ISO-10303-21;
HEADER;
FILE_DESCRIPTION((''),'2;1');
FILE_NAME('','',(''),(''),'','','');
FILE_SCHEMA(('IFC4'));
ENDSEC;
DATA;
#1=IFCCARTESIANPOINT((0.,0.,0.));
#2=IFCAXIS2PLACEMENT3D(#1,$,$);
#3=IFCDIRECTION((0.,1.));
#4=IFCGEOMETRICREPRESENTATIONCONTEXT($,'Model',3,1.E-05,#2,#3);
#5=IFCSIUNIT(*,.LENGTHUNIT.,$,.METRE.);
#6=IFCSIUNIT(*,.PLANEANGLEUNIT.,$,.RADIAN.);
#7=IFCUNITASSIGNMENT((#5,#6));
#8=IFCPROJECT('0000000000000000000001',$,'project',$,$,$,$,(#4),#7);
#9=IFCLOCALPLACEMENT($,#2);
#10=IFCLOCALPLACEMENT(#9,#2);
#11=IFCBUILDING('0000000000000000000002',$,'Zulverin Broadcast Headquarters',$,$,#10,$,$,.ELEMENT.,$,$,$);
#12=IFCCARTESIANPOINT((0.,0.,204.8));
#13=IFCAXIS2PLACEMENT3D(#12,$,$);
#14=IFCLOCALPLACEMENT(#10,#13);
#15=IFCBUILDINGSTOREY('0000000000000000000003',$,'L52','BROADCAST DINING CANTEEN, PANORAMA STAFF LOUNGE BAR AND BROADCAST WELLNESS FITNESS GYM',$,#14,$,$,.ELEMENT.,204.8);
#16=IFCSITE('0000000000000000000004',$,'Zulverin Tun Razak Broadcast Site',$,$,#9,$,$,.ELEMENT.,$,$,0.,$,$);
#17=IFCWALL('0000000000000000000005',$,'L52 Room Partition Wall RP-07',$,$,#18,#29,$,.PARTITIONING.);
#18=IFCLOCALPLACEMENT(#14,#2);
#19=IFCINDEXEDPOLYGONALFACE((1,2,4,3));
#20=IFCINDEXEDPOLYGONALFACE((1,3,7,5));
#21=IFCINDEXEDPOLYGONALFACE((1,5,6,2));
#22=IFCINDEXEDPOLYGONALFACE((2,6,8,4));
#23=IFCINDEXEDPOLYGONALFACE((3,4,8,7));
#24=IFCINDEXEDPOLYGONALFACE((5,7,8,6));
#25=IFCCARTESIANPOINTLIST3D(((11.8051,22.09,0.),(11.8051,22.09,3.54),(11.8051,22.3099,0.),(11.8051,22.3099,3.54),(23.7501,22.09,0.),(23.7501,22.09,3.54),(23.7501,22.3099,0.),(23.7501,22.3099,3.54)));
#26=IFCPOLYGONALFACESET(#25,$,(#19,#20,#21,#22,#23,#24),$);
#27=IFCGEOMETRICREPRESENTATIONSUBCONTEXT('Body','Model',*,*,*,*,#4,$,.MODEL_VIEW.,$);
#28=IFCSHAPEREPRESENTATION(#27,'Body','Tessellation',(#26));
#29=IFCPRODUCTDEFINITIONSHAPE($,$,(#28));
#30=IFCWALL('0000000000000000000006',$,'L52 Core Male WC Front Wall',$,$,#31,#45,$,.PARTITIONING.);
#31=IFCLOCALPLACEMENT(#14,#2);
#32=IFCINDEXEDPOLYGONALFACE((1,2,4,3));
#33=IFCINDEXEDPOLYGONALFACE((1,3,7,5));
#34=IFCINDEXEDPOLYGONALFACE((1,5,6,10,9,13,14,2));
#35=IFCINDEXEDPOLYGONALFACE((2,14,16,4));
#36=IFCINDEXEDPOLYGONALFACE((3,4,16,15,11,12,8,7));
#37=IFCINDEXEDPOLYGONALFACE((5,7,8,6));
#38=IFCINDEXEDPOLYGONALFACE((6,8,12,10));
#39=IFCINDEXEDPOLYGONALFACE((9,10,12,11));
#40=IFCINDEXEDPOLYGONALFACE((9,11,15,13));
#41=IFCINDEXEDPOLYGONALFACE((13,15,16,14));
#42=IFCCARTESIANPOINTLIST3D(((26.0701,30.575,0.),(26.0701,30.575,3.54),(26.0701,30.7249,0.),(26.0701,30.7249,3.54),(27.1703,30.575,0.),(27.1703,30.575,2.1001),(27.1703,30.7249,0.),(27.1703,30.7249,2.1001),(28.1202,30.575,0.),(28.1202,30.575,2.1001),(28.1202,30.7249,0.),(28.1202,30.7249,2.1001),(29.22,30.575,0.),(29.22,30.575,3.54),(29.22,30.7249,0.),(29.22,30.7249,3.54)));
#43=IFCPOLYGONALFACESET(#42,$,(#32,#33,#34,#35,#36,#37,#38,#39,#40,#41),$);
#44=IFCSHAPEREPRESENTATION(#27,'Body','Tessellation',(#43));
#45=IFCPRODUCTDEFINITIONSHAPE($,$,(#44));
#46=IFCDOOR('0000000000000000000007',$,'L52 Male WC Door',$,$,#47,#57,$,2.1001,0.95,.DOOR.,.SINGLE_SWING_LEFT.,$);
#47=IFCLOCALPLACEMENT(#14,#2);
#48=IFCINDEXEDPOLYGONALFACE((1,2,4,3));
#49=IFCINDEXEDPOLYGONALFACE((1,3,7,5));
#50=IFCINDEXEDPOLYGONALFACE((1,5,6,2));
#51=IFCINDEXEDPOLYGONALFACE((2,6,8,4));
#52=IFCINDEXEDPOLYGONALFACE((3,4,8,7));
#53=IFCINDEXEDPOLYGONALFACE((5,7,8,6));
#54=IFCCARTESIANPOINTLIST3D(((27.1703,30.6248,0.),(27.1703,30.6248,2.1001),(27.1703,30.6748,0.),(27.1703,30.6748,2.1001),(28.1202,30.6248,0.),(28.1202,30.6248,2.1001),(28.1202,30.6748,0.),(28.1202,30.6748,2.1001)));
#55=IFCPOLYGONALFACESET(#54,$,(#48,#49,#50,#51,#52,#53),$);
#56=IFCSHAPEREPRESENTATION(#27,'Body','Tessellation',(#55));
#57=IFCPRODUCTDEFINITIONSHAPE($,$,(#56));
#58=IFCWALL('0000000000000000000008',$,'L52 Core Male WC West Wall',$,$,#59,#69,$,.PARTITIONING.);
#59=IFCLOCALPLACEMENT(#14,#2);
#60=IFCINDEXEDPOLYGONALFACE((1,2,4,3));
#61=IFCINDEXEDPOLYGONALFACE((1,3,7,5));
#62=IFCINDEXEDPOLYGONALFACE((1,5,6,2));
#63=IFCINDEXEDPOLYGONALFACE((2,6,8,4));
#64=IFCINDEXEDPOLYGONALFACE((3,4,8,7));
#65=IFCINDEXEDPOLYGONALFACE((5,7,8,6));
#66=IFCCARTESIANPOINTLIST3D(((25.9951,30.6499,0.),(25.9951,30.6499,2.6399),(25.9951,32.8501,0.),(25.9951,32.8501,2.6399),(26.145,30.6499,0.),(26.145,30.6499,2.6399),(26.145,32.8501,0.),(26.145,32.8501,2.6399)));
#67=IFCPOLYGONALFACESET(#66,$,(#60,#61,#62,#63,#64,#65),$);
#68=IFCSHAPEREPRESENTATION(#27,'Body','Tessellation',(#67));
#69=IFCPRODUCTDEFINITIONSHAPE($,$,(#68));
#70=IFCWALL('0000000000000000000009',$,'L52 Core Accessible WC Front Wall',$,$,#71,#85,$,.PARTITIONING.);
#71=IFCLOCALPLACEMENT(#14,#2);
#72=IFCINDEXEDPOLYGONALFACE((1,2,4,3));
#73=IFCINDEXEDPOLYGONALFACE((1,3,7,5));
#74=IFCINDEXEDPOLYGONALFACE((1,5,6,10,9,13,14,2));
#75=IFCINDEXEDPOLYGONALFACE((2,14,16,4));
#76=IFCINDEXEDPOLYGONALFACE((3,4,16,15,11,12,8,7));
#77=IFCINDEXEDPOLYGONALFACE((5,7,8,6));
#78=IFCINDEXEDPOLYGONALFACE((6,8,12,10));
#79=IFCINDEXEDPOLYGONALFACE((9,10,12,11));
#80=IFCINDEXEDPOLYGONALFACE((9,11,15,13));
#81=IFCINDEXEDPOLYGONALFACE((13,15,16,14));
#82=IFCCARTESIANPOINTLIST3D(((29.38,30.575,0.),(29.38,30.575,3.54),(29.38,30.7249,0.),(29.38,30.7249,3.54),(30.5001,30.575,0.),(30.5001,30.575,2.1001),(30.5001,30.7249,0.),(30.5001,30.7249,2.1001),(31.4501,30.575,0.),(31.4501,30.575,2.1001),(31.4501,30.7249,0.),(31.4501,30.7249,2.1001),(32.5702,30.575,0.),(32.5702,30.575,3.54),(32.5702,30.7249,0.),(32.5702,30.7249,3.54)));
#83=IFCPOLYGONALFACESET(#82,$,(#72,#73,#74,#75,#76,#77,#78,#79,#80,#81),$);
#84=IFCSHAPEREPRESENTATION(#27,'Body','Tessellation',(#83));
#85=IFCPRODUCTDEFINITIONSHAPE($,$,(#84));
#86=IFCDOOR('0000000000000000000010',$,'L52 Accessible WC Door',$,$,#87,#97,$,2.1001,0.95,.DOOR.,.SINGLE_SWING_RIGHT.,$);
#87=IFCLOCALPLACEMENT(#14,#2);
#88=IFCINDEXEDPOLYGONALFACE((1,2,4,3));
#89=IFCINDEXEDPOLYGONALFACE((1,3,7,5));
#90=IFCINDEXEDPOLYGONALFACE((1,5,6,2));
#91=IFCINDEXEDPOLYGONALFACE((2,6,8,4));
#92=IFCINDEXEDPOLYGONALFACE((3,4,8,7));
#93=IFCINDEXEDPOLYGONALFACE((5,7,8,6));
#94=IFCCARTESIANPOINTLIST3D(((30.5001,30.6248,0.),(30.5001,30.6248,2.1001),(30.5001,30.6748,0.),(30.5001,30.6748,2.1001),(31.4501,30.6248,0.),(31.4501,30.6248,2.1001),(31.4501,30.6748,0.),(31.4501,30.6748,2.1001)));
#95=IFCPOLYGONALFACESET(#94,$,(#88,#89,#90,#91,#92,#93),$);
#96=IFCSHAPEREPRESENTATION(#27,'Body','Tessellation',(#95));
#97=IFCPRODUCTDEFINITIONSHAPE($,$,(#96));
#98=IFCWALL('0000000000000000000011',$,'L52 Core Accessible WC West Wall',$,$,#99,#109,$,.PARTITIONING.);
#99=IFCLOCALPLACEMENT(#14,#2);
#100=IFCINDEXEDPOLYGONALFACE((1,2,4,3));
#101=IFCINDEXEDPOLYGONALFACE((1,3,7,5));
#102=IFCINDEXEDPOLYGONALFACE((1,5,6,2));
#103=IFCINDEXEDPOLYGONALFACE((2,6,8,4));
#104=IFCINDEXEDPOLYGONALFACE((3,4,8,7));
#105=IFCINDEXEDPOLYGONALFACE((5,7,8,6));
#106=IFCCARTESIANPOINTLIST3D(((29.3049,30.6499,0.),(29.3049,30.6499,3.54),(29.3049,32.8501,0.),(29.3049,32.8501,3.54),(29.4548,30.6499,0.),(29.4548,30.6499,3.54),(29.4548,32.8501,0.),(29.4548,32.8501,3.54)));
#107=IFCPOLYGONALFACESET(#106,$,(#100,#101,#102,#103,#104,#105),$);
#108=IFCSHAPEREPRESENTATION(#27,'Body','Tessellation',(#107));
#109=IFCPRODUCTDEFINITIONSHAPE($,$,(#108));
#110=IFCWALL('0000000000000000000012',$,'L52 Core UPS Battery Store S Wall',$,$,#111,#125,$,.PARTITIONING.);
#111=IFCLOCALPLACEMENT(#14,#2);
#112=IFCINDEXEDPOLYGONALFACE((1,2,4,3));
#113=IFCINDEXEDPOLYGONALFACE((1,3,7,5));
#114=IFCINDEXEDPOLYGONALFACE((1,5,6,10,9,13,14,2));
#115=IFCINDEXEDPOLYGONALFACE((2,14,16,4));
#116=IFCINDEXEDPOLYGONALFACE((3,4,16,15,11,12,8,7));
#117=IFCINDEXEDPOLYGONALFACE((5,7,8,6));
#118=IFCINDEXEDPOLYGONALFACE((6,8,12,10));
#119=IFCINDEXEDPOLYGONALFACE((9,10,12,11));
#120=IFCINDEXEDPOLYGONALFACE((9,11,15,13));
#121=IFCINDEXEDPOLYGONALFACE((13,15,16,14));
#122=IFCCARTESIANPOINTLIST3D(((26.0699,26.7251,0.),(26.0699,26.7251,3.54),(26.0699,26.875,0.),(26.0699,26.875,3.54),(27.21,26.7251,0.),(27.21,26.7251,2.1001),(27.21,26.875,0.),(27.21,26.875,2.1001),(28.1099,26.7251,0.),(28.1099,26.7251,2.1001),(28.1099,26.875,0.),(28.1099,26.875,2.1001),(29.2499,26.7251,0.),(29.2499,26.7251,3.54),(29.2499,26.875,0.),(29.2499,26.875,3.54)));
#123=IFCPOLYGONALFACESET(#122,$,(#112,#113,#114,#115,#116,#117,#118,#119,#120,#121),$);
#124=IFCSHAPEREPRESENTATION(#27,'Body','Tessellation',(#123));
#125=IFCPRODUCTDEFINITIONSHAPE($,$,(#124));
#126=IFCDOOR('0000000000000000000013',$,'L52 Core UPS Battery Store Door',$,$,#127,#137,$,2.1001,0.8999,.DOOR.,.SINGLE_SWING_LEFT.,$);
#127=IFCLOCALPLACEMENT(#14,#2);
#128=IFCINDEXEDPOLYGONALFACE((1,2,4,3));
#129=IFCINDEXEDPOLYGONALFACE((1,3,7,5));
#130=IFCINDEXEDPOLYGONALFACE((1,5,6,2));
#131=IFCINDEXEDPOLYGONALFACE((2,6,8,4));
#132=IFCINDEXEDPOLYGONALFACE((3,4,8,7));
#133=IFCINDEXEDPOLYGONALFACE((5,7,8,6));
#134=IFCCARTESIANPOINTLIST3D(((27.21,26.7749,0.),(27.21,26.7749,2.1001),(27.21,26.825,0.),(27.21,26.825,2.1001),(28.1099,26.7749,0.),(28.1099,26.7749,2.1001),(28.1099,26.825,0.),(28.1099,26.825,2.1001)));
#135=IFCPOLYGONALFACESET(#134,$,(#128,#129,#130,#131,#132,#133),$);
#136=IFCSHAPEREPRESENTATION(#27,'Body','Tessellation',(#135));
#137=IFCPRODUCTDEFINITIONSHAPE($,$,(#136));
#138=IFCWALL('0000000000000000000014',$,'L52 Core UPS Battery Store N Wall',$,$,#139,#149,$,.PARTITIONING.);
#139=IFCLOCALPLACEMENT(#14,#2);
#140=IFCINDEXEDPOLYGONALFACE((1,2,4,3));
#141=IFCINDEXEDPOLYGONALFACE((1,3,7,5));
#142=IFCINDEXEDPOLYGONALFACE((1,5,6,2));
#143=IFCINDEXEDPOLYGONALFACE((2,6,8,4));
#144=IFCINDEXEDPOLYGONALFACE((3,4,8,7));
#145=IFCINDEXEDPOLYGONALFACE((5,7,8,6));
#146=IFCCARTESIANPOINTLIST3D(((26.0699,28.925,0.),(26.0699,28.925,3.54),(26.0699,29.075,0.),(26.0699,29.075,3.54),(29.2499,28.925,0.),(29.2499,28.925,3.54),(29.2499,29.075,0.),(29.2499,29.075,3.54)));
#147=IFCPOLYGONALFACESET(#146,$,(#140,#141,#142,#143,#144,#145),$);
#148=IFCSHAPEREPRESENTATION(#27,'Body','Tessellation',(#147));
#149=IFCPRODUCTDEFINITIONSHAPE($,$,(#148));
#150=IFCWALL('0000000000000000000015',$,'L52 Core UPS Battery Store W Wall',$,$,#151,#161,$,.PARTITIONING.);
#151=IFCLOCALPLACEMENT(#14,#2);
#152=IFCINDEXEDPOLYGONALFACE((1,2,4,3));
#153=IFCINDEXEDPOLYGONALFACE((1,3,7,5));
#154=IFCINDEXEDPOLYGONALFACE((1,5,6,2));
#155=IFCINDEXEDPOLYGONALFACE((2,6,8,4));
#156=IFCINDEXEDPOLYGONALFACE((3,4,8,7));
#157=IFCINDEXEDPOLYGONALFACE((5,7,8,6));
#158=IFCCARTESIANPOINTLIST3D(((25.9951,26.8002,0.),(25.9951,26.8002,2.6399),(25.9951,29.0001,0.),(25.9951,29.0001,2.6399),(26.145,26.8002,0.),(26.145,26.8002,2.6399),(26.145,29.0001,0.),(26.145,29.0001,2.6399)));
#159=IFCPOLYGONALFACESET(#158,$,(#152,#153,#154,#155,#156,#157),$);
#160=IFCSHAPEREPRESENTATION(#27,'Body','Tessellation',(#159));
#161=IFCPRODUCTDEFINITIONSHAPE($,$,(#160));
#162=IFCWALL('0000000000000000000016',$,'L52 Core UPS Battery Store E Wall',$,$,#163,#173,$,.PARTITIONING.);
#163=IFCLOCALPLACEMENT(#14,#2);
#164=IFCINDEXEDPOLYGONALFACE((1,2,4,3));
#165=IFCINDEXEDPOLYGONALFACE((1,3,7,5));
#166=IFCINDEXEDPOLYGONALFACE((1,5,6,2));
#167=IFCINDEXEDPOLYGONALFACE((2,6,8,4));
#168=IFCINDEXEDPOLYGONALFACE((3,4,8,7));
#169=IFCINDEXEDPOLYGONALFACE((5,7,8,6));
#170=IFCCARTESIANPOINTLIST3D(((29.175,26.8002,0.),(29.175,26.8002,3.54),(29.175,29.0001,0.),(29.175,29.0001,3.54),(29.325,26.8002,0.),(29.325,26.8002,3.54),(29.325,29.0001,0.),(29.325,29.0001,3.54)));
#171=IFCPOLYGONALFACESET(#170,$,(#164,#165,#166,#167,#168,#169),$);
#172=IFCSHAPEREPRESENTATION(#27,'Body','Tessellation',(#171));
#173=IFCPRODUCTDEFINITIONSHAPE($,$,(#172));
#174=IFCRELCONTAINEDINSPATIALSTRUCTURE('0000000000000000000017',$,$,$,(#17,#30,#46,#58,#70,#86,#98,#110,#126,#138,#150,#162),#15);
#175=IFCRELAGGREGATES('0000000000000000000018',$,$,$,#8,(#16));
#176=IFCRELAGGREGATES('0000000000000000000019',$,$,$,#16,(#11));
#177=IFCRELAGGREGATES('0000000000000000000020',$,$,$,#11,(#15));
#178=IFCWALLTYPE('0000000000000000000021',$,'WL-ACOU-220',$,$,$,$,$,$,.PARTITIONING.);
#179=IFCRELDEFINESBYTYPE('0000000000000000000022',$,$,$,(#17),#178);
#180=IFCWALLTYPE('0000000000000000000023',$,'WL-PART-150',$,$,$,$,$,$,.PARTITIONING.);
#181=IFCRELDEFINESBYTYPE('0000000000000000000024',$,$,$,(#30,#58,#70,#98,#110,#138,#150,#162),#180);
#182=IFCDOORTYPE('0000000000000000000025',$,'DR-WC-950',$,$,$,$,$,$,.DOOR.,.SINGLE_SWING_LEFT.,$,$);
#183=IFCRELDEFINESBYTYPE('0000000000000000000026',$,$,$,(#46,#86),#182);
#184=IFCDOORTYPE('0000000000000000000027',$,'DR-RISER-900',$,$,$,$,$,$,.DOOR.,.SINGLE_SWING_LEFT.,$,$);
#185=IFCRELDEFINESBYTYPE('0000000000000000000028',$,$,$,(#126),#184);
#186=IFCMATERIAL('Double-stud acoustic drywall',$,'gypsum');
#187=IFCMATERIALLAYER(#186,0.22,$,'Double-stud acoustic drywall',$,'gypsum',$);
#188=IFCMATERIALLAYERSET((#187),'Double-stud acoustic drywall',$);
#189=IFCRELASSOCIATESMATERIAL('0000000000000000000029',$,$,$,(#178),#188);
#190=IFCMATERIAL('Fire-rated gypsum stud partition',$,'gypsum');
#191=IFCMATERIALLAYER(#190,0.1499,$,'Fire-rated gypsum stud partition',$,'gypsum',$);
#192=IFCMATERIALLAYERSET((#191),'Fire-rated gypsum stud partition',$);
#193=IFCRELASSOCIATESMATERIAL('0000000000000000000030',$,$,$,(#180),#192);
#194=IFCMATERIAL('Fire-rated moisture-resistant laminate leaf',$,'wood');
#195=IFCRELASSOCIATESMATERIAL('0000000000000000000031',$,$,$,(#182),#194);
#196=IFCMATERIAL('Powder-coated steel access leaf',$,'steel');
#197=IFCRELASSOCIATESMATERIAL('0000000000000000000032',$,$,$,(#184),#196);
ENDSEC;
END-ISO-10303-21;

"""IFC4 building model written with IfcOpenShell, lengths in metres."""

from ifc_helpers import new_model, si_unit, direction, frame, frame_2d, origin, place, context, subcontext, project, spatial, rectangle, extrude, material, layer, layer_set, type_object, element, fill, save


model = new_model("IFC4")

# Units and contexts
model_context = context("Model", 3, precision=1e-05, world=origin(), true_north=direction((0.0, 1.0)))
body_context = subcontext(model_context, "Body", "Model", "MODEL_VIEW")
ifc_project = project(units=[si_unit("LENGTHUNIT", "METRE"), si_unit("PLANEANGLEUNIT", "RADIAN")], contexts=[model_context])

# Site, building, storey
site_placement = place(None, origin())
site = spatial("IfcSite", under=ifc_project, at=site_placement, Name="Zulverin Tun Razak Broadcast Site", CompositionType="ELEMENT", RefElevation=0.0)
building_placement = place(site_placement, origin())
building = spatial("IfcBuilding", under=site, at=building_placement, Name="Zulverin Broadcast Headquarters", CompositionType="ELEMENT")
storey_placement = place(building_placement, frame((0.0, 0.0, 204.8)))
storey = spatial("IfcBuildingStorey", under=building, at=storey_placement, Name="L52", Description="BROADCAST DINING CANTEEN, PANORAMA STAFF LOUNGE BAR AND BROADCAST WELLNESS FITNESS GYM", CompositionType="ELEMENT", Elevation=204.8)

# Wall
ifc_material_1 = material(Name="Double-stud acoustic drywall", Category="gypsum")
ifc_layer_1 = layer(ifc_material_1, 0.22, Name="Double-stud acoustic drywall", Category="gypsum")
ifc_layer_set_1 = layer_set([ifc_layer_1], Name="Double-stud acoustic drywall")
wall_type_1 = type_object("IfcWallType", Name="WL-ACOU-220", PredefinedType="PARTITIONING", material=ifc_layer_set_1)
wall_1_placement = place(storey_placement, frame((11.8049, 22.2, 0.0), z_axis=(0.0, 0.0, 1.0), x_axis=(1.0, 0.0, 0.0)))
element("IfcWall", 1, at=wall_1_placement, inside=storey, type_object=wall_type_1, Name="L52 Room Partition Wall RP-07", PredefinedType="PARTITIONING", context=body_context, shape_type="SweptSolid", body=[
    extrude(rectangle(XDim=11.9451, YDim=0.22, at=frame_2d((5.9727, 0.0))), origin(), (0.0, 0.0, 1.0), 3.54),
])

# Wall, opening, door
ifc_material_2 = material(Name="Fire-rated gypsum stud partition", Category="gypsum")
ifc_layer_2 = layer(ifc_material_2, 0.1499, Name="Fire-rated gypsum stud partition", Category="gypsum")
ifc_layer_set_2 = layer_set([ifc_layer_2], Name="Fire-rated gypsum stud partition")
wall_type_2 = type_object("IfcWallType", Name="WL-PART-150", PredefinedType="PARTITIONING", material=ifc_layer_set_2)
wall_2_placement = place(storey_placement, frame((26.0701, 30.6499, 0.0), z_axis=(0.0, 0.0, 1.0), x_axis=(1.0, 0.0, 0.0)))
wall_2 = element("IfcWall", 2, at=wall_2_placement, inside=storey, type_object=wall_type_2, Name="L52 Core Male WC Front Wall", PredefinedType="PARTITIONING", context=body_context, shape_type="SweptSolid", body=[
    extrude(rectangle(XDim=3.1499, YDim=0.1499, at=frame_2d((1.575, 0.0))), origin(), (0.0, 0.0, 1.0), 3.54),
])
opening_1_placement = place(wall_2_placement, frame((1.1001, 0.0, 0.0)))
opening_1 = element("IfcOpeningElement", 3, at=opening_1_placement, cuts=wall_2, PredefinedType="OPENING", context=body_context, shape_type="SweptSolid", body=[
    extrude(rectangle(XDim=0.95, YDim=2.1001, at=frame_2d((0.4751, 1.05))), frame((0.0, 0.085, 0.0), z_axis=(0.0, -1.0, 0.0), x_axis=(1.0, 0.0, 0.0)), (0.0, 0.0, 1.0), 0.1699),
])
ifc_material_3 = material(Name="Fire-rated moisture-resistant laminate leaf", Category="wood")
door_type_1 = type_object("IfcDoorType", Name="DR-WC-950", OperationType="SINGLE_SWING_LEFT", PredefinedType="DOOR", material=ifc_material_3)
door_1_placement = place(opening_1_placement, origin())
door_1 = element("IfcDoor", 4, at=door_1_placement, inside=storey, type_object=door_type_1, Name="L52 Male WC Door", OperationType="SINGLE_SWING_LEFT", OverallHeight=2.1001, OverallWidth=0.95, PredefinedType="DOOR", context=body_context, shape_type="SweptSolid", body=[
    extrude(rectangle(XDim=0.95, YDim=2.1001, at=frame_2d((0.4751, 1.05))), frame((0.0, 0.0249, 0.0), z_axis=(0.0, -1.0, 0.0), x_axis=(1.0, 0.0, 0.0)), (0.0, 0.0, 1.0), 0.05),
])
fill(opening_1, door_1)

# Wall
wall_3_placement = place(storey_placement, frame((26.0701, 30.6499, 0.0), z_axis=(0.0, 0.0, 1.0), x_axis=(0.0, 1.0, 0.0)))
element("IfcWall", 5, at=wall_3_placement, inside=storey, type_object=wall_type_2, Name="L52 Core Male WC West Wall", PredefinedType="PARTITIONING", context=body_context, shape_type="SweptSolid", body=[
    extrude(rectangle(XDim=2.2002, YDim=0.1499, at=frame_2d((1.1001, 0.0))), origin(), (0.0, 0.0, 1.0), 2.6399),
])

# Wall, opening, door
wall_4_placement = place(storey_placement, frame((29.3799, 30.6499, 0.0), z_axis=(0.0, 0.0, 1.0), x_axis=(1.0, 0.0, 0.0)))
wall_4 = element("IfcWall", 6, at=wall_4_placement, inside=storey, type_object=wall_type_2, Name="L52 Core Accessible WC Front Wall", PredefinedType="PARTITIONING", context=body_context, shape_type="SweptSolid", body=[
    extrude(rectangle(XDim=3.1902, YDim=0.1499, at=frame_2d((1.5952, 0.0))), origin(), (0.0, 0.0, 1.0), 3.54),
])
opening_2_placement = place(wall_4_placement, frame((1.1201, 0.0, 0.0)))
opening_2 = element("IfcOpeningElement", 7, at=opening_2_placement, cuts=wall_4, PredefinedType="OPENING", context=body_context, shape_type="SweptSolid", body=[
    extrude(rectangle(XDim=0.95, YDim=2.1001, at=frame_2d((0.4751, 1.05))), frame((0.0, 0.085, 0.0), z_axis=(0.0, -1.0, 0.0), x_axis=(1.0, 0.0, 0.0)), (0.0, 0.0, 1.0), 0.1699),
])
door_2_placement = place(opening_2_placement, origin())
door_2 = element("IfcDoor", 8, at=door_2_placement, inside=storey, type_object=door_type_1, Name="L52 Accessible WC Door", OperationType="SINGLE_SWING_RIGHT", OverallHeight=2.1001, OverallWidth=0.95, PredefinedType="DOOR", context=body_context, shape_type="SweptSolid", body=[
    extrude(rectangle(XDim=0.95, YDim=2.1001, at=frame_2d((0.4751, 1.05))), frame((0.0, 0.0249, 0.0), z_axis=(0.0, -1.0, 0.0), x_axis=(1.0, 0.0, 0.0)), (0.0, 0.0, 1.0), 0.05),
])
fill(opening_2, door_2)

# Wall
wall_5_placement = place(storey_placement, frame((29.3799, 30.6499, 0.0), z_axis=(0.0, 0.0, 1.0), x_axis=(0.0, 1.0, 0.0)))
element("IfcWall", 9, at=wall_5_placement, inside=storey, type_object=wall_type_2, Name="L52 Core Accessible WC West Wall", PredefinedType="PARTITIONING", context=body_context, shape_type="SweptSolid", body=[
    extrude(rectangle(XDim=2.2002, YDim=0.1499, at=frame_2d((1.1001, 0.0))), origin(), (0.0, 0.0, 1.0), 3.54),
])

# Wall, opening, door
wall_6_placement = place(storey_placement, frame((26.0701, 26.8, 0.0), z_axis=(0.0, 0.0, 1.0), x_axis=(1.0, 0.0, 0.0)))
wall_6 = element("IfcWall", 10, at=wall_6_placement, inside=storey, type_object=wall_type_2, Name="L52 Core UPS Battery Store S Wall", PredefinedType="PARTITIONING", context=body_context, shape_type="SweptSolid", body=[
    extrude(rectangle(XDim=3.1799, YDim=0.1499, at=frame_2d((1.5898, 0.0))), origin(), (0.0, 0.0, 1.0), 3.54),
])
opening_3_placement = place(wall_6_placement, frame((1.1399, 0.0, 0.0)))
opening_3 = element("IfcOpeningElement", 11, at=opening_3_placement, cuts=wall_6, PredefinedType="OPENING", context=body_context, shape_type="SweptSolid", body=[
    extrude(rectangle(XDim=0.8999, YDim=2.1001, at=frame_2d((0.45, 1.05))), frame((0.0, 0.085, 0.0), z_axis=(0.0, -1.0, 0.0), x_axis=(1.0, 0.0, 0.0)), (0.0, 0.0, 1.0), 0.1699),
])
ifc_material_4 = material(Name="Powder-coated steel access leaf", Category="steel")
door_type_2 = type_object("IfcDoorType", Name="DR-RISER-900", OperationType="SINGLE_SWING_LEFT", PredefinedType="DOOR", material=ifc_material_4)
door_3_placement = place(opening_3_placement, origin())
door_3 = element("IfcDoor", 12, at=door_3_placement, inside=storey, type_object=door_type_2, Name="L52 Core UPS Battery Store Door", OperationType="SINGLE_SWING_LEFT", OverallHeight=2.1001, OverallWidth=0.8999, PredefinedType="DOOR", context=body_context, shape_type="SweptSolid", body=[
    extrude(rectangle(XDim=0.8999, YDim=2.1001, at=frame_2d((0.45, 1.05))), frame((0.0, 0.0249, 0.0), z_axis=(0.0, -1.0, 0.0), x_axis=(1.0, 0.0, 0.0)), (0.0, 0.0, 1.0), 0.05),
])
fill(opening_3, door_3)

# Walls
wall_7_placement = place(storey_placement, frame((26.0701, 29.0, 0.0), z_axis=(0.0, 0.0, 1.0), x_axis=(1.0, 0.0, 0.0)))
element("IfcWall", 13, at=wall_7_placement, inside=storey, type_object=wall_type_2, Name="L52 Core UPS Battery Store N Wall", PredefinedType="PARTITIONING", context=body_context, shape_type="SweptSolid", body=[
    extrude(rectangle(XDim=3.1799, YDim=0.1499, at=frame_2d((1.5898, 0.0))), origin(), (0.0, 0.0, 1.0), 3.54),
])
wall_8_placement = place(storey_placement, frame((26.0701, 26.8, 0.0), z_axis=(0.0, 0.0, 1.0), x_axis=(0.0, 1.0, 0.0)))
element("IfcWall", 14, at=wall_8_placement, inside=storey, type_object=wall_type_2, Name="L52 Core UPS Battery Store W Wall", PredefinedType="PARTITIONING", context=body_context, shape_type="SweptSolid", body=[
    extrude(rectangle(XDim=2.2, YDim=0.1499, at=frame_2d((1.1001, 0.0))), origin(), (0.0, 0.0, 1.0), 2.6399),
])
wall_9_placement = place(storey_placement, frame((29.25, 26.8, 0.0), z_axis=(0.0, 0.0, 1.0), x_axis=(0.0, 1.0, 0.0)))
element("IfcWall", 15, at=wall_9_placement, inside=storey, type_object=wall_type_2, Name="L52 Core UPS Battery Store E Wall", PredefinedType="PARTITIONING", context=body_context, shape_type="SweptSolid", body=[
    extrude(rectangle(XDim=2.2, YDim=0.1499, at=frame_2d((1.1001, 0.0))), origin(), (0.0, 0.0, 1.0), 3.54),
])

save(model, "model.ifc")
